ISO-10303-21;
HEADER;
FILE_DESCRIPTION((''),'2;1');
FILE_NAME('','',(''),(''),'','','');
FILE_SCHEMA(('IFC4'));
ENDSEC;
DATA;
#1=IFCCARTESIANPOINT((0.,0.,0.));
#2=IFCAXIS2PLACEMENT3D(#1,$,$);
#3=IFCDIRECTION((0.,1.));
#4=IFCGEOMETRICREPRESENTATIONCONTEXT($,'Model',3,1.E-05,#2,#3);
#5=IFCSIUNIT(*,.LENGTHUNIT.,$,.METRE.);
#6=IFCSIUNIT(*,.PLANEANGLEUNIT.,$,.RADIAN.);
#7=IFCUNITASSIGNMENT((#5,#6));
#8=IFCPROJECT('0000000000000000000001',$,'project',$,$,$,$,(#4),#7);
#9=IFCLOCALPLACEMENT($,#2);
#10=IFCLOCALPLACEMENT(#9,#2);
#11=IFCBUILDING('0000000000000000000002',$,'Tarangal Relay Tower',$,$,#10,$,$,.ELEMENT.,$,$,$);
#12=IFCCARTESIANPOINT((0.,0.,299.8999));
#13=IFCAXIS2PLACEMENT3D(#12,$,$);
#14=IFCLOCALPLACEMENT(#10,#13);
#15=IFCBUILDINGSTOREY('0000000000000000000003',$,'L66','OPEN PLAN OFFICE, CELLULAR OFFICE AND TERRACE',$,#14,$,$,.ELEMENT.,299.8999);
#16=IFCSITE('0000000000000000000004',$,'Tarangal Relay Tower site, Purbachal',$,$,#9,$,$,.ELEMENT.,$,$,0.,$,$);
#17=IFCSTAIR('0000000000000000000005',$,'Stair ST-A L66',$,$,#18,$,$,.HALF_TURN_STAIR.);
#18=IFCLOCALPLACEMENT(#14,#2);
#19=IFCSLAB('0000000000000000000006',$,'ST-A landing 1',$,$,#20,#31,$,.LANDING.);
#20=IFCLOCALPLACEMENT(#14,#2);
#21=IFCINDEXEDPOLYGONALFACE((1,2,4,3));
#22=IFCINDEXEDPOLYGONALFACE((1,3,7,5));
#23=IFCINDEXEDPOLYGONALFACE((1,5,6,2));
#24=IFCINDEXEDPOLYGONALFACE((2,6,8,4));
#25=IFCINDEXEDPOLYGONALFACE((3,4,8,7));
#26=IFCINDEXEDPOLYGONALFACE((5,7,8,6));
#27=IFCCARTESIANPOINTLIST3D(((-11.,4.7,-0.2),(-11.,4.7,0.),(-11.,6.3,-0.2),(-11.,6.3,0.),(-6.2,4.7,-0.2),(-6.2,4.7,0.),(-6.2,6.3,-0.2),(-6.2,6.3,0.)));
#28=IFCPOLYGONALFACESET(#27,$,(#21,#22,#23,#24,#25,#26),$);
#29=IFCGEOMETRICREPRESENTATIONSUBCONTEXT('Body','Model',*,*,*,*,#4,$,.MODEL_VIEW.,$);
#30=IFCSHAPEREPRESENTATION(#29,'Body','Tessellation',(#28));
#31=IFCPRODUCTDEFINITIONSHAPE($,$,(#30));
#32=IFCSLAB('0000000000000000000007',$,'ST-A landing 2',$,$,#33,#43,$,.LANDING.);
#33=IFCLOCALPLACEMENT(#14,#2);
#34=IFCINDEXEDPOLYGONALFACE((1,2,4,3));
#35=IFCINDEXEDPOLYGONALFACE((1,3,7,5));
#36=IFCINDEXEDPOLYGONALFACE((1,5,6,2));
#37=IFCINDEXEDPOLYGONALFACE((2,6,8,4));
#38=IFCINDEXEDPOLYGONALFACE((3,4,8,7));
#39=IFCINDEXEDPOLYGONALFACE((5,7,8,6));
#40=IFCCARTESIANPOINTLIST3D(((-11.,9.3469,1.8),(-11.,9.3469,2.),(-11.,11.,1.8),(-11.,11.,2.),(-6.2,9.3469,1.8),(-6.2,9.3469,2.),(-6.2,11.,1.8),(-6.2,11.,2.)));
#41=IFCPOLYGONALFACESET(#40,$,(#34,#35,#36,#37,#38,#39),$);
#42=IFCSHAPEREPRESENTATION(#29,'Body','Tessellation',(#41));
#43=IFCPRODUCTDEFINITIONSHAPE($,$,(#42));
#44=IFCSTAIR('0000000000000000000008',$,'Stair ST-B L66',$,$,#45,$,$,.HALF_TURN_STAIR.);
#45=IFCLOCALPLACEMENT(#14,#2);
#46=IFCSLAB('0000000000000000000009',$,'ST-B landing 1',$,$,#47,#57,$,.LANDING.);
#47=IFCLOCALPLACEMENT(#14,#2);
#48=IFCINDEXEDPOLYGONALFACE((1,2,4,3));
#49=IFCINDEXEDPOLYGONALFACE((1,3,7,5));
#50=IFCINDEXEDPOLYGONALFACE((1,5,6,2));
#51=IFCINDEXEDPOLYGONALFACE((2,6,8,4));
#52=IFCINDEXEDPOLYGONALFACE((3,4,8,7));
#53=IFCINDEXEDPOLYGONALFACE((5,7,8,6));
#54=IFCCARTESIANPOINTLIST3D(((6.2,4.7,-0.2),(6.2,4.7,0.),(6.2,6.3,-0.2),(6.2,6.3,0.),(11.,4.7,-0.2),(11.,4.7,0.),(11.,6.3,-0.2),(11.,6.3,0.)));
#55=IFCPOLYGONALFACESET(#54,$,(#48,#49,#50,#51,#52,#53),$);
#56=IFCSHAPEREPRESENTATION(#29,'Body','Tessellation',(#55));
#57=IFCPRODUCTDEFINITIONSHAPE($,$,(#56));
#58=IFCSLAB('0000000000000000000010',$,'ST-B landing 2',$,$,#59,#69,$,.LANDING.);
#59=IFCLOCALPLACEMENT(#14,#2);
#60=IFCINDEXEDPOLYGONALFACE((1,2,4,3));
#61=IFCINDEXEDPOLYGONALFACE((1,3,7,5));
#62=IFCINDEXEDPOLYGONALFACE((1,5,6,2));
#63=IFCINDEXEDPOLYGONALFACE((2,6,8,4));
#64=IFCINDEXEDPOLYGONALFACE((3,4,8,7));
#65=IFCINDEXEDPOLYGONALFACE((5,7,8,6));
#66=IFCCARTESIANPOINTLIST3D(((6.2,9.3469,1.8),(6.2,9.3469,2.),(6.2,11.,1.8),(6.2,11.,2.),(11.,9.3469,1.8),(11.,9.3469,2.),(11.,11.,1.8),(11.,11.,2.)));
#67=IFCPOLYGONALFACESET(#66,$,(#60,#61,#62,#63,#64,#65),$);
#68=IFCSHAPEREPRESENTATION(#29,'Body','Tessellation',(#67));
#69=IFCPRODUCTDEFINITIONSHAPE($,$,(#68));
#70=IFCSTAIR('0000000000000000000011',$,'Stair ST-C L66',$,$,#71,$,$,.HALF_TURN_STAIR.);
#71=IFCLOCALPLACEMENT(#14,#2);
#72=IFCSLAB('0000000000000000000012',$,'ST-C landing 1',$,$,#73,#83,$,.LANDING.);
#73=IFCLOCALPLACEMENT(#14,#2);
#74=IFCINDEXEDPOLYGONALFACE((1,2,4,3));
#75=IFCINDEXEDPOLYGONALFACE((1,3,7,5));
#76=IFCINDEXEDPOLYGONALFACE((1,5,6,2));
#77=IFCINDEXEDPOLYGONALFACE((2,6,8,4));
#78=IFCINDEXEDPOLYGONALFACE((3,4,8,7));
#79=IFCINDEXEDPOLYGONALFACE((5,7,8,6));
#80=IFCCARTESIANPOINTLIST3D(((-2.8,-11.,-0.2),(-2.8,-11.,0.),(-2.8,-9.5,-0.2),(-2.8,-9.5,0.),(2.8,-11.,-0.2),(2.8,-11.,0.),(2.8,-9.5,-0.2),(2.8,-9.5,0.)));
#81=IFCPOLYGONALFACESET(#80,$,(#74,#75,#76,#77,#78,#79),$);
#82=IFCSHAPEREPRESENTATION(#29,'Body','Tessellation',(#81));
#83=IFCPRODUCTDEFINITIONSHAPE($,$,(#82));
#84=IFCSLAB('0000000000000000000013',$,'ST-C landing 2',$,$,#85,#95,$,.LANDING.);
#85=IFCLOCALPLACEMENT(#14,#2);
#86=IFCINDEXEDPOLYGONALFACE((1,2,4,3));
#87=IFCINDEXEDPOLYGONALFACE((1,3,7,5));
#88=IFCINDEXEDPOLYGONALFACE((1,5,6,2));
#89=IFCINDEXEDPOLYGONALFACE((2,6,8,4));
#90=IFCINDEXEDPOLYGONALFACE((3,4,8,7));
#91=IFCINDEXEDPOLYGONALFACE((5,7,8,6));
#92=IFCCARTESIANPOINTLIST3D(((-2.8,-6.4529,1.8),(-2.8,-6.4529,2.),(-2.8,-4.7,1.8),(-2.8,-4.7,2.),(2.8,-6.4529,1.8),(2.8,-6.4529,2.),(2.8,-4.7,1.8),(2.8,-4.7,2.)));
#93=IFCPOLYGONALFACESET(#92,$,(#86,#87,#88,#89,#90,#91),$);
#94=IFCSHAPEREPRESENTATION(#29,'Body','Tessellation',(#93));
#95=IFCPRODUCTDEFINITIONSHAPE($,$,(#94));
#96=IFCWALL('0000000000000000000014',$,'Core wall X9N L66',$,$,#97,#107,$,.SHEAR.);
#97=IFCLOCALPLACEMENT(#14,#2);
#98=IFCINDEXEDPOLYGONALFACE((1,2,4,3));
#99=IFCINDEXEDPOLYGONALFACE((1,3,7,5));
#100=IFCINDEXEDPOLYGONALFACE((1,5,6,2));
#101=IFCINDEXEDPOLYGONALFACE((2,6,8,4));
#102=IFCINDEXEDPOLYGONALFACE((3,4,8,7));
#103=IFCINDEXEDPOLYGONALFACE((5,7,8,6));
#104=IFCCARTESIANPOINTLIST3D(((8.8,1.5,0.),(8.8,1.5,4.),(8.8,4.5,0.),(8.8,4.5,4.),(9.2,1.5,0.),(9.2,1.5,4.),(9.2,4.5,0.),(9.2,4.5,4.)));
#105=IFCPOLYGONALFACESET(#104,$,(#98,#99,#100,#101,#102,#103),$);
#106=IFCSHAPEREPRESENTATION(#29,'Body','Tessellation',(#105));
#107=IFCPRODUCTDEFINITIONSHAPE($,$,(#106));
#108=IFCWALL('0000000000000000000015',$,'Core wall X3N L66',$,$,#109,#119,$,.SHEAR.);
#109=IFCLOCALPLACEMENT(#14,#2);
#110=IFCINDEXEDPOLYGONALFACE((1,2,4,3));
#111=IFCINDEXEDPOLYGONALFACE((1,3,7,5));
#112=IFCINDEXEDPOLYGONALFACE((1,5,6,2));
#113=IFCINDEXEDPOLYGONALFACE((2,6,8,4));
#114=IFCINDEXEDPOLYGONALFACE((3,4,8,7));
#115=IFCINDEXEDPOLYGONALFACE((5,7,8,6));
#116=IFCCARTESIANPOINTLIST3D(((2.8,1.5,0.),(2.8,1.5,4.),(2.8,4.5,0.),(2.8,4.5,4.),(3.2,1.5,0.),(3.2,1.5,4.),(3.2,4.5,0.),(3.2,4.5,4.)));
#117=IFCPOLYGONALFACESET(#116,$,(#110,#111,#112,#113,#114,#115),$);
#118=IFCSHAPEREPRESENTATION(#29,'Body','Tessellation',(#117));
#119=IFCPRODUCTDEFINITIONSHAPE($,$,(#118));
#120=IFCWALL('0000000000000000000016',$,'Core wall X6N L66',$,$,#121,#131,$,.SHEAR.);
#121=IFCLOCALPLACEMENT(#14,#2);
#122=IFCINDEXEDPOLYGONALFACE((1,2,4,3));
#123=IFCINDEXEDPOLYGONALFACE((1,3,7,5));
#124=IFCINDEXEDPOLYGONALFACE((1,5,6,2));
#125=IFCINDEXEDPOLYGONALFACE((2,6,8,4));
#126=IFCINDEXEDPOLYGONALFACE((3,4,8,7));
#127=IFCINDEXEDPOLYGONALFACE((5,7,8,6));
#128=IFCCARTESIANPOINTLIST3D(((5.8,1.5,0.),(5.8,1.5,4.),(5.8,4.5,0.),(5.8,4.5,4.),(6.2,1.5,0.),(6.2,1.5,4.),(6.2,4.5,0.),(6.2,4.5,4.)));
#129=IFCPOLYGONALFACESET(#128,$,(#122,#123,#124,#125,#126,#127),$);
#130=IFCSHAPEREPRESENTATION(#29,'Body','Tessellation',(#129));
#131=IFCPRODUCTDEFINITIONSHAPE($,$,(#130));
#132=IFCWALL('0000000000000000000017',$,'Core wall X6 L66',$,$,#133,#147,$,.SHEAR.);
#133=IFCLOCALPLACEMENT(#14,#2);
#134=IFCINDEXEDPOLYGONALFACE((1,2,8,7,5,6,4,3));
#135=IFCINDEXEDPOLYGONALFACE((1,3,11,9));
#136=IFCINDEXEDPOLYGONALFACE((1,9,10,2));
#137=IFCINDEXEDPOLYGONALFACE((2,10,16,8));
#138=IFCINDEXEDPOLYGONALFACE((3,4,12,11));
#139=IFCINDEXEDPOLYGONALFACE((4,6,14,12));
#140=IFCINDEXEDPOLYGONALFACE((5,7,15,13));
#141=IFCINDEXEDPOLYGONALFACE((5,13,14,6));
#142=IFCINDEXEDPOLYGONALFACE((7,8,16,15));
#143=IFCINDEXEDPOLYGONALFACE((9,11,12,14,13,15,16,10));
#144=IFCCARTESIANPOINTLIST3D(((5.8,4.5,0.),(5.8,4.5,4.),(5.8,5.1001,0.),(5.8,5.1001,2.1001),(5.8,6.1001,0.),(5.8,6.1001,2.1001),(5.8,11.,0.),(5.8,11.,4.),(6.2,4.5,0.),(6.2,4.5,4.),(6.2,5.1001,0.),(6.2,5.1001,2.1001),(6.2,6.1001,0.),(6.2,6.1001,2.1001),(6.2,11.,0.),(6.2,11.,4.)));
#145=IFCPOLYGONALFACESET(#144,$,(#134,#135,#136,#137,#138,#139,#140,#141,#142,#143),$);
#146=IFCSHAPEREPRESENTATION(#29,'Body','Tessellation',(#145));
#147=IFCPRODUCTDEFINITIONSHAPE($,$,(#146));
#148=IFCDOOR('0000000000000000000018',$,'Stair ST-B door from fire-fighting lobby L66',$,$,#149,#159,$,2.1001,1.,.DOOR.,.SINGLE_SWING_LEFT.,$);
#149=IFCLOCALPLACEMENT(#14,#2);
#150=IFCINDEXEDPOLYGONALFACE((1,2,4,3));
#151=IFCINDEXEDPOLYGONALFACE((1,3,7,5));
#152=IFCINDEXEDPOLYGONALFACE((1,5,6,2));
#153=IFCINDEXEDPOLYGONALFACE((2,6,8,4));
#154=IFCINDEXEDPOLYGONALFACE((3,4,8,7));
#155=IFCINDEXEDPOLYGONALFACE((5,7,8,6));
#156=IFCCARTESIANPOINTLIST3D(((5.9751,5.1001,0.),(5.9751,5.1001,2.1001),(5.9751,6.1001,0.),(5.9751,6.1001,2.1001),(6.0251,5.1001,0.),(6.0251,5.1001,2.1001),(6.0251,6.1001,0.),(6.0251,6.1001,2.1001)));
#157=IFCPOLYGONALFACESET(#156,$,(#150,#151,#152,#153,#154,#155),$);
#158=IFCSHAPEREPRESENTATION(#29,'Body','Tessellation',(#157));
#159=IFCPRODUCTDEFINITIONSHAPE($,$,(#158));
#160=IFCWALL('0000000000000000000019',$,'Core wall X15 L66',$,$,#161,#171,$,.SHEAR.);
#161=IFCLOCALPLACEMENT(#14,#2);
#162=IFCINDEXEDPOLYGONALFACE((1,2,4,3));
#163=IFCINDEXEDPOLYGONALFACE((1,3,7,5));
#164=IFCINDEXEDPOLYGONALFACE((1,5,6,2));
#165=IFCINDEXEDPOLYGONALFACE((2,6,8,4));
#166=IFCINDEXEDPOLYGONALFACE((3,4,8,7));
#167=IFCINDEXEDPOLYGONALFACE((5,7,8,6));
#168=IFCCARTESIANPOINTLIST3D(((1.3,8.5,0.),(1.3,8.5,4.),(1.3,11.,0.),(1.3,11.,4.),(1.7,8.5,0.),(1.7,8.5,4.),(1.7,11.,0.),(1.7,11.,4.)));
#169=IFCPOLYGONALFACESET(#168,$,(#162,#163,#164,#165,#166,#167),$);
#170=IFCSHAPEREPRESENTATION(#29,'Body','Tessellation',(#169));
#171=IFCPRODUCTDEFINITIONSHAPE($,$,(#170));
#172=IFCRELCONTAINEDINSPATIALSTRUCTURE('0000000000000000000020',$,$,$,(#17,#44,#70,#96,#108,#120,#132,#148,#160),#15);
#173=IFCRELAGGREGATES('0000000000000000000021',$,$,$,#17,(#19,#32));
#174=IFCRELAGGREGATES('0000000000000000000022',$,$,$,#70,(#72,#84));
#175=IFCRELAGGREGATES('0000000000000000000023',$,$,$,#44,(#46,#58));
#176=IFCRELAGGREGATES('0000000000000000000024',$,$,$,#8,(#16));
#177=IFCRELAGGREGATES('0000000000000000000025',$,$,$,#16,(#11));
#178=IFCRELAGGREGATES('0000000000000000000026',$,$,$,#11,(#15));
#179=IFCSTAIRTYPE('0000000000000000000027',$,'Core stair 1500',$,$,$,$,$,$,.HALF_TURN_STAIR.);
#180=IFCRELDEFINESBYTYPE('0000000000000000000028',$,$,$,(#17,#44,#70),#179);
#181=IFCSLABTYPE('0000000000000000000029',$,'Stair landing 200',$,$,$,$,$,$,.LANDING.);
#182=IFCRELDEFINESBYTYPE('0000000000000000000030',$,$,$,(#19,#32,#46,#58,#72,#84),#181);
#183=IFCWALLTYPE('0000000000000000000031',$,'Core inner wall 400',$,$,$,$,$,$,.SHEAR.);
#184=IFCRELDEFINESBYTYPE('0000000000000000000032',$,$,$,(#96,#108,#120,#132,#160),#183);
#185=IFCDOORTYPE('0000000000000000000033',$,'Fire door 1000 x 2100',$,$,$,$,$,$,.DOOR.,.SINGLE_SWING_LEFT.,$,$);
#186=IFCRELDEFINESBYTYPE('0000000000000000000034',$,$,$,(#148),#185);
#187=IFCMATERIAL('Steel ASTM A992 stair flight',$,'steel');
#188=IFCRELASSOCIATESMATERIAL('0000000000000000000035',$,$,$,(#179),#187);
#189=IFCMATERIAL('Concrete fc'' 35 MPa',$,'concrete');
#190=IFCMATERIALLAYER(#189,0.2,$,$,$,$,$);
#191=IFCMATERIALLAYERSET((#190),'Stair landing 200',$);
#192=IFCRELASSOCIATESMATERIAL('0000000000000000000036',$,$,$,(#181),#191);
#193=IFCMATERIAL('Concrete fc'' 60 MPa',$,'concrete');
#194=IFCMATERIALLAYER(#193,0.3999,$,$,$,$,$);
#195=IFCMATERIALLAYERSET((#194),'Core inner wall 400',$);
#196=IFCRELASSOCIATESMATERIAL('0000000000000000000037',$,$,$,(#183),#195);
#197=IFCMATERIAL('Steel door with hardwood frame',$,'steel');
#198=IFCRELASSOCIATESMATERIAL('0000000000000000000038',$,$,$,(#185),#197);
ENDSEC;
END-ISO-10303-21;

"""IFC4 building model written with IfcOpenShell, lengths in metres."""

from ifc_helpers import new_model, si_unit, direction, frame, frame_2d, origin, place, context, subcontext, project, spatial, polyline, rectangle, outline, extrude, material, layer, layer_set, type_object, element, fill, aggregate, save


model = new_model("IFC4")

# Units and contexts
model_context = context("Model", 3, precision=1e-05, world=origin(), true_north=direction((0.0, 1.0)))
body_context = subcontext(model_context, "Body", "Model", "MODEL_VIEW")
ifc_project = project(units=[si_unit("LENGTHUNIT", "METRE"), si_unit("PLANEANGLEUNIT", "RADIAN")], contexts=[model_context])

# Site, building, storey
site_placement = place(None, origin())
site = spatial("IfcSite", under=ifc_project, at=site_placement, Name="Tarangal Relay Tower site, Purbachal", CompositionType="ELEMENT", RefElevation=0.0)
building_placement = place(site_placement, origin())
building = spatial("IfcBuilding", under=site, at=building_placement, Name="Tarangal Relay Tower", CompositionType="ELEMENT")
storey_placement = place(building_placement, frame((0.0, 0.0, 299.8999)))
storey = spatial("IfcBuildingStorey", under=building, at=storey_placement, Name="L66", Description="OPEN PLAN OFFICE, CELLULAR OFFICE AND TERRACE", CompositionType="ELEMENT", Elevation=299.8999)

# Stairs, slabs
ifc_material_1 = material(Name="Steel ASTM A992 stair flight", Category="steel")
stair_type = type_object("IfcStairType", Name="Core stair 1500", PredefinedType="HALF_TURN_STAIR", material=ifc_material_1)
stair_1_placement = place(storey_placement, origin())
stair_1 = element("IfcStair", 1, at=stair_1_placement, inside=storey, type_object=stair_type, Name="Stair ST-A L66", PredefinedType="HALF_TURN_STAIR")
ifc_material_2 = material(Name="Concrete fc' 35 MPa", Category="concrete")
ifc_layer_1 = layer(ifc_material_2, 0.2)
ifc_layer_set_1 = layer_set([ifc_layer_1], Name="Stair landing 200")
slab_type = type_object("IfcSlabType", Name="Stair landing 200", PredefinedType="LANDING", material=ifc_layer_set_1)
slab_1_placement = place(storey_placement, frame((0.0, 0.0, -0.2)))
slab_1 = element("IfcSlab", 2, at=slab_1_placement, type_object=slab_type, Name="ST-A landing 1", PredefinedType="LANDING", context=body_context, shape_type="SweptSolid", body=[
    extrude(outline(polyline([(-11.0, 4.7), (-6.2, 4.7), (-6.2, 6.3), (-11.0, 6.3), (-11.0, 4.7)])), origin(), (0.0, 0.0, 1.0), 0.2),
])
slab_2_placement = place(storey_placement, frame((0.0, 0.0, 1.8)))
slab_2 = element("IfcSlab", 3, at=slab_2_placement, type_object=slab_type, Name="ST-A landing 2", PredefinedType="LANDING", context=body_context, shape_type="SweptSolid", body=[
    extrude(outline(polyline([(-11.0, 9.3469), (-6.2, 9.3469), (-6.2, 11.0), (-11.0, 11.0), (-11.0, 9.3469)])), origin(), (0.0, 0.0, 1.0), 0.2),
])
aggregate(stair_1, [slab_1, slab_2])
stair_2_placement = place(storey_placement, origin())
stair_2 = element("IfcStair", 4, at=stair_2_placement, inside=storey, type_object=stair_type, Name="Stair ST-B L66", PredefinedType="HALF_TURN_STAIR")
slab_3_placement = place(storey_placement, frame((0.0, 0.0, -0.2)))
slab_3 = element("IfcSlab", 5, at=slab_3_placement, type_object=slab_type, Name="ST-B landing 1", PredefinedType="LANDING", context=body_context, shape_type="SweptSolid", body=[
    extrude(outline(polyline([(6.2, 4.7), (11.0, 4.7), (11.0, 6.3), (6.2, 6.3), (6.2, 4.7)])), origin(), (0.0, 0.0, 1.0), 0.2),
])
slab_4_placement = place(storey_placement, frame((0.0, 0.0, 1.8)))
slab_4 = element("IfcSlab", 6, at=slab_4_placement, type_object=slab_type, Name="ST-B landing 2", PredefinedType="LANDING", context=body_context, shape_type="SweptSolid", body=[
    extrude(outline(polyline([(6.2, 9.3469), (11.0, 9.3469), (11.0, 11.0), (6.2, 11.0), (6.2, 9.3469)])), origin(), (0.0, 0.0, 1.0), 0.2),
])
stair_3_placement = place(storey_placement, origin())
stair_3 = element("IfcStair", 7, at=stair_3_placement, inside=storey, type_object=stair_type, Name="Stair ST-C L66", PredefinedType="HALF_TURN_STAIR")
slab_5_placement = place(storey_placement, frame((0.0, 0.0, -0.2)))
slab_5 = element("IfcSlab", 8, at=slab_5_placement, type_object=slab_type, Name="ST-C landing 1", PredefinedType="LANDING", context=body_context, shape_type="SweptSolid", body=[
    extrude(outline(polyline([(-2.8, -11.0), (2.8, -11.0), (2.8, -9.5), (-2.8, -9.5), (-2.8, -11.0)])), origin(), (0.0, 0.0, 1.0), 0.2),
])
slab_6_placement = place(storey_placement, frame((0.0, 0.0, 1.8)))
slab_6 = element("IfcSlab", 9, at=slab_6_placement, type_object=slab_type, Name="ST-C landing 2", PredefinedType="LANDING", context=body_context, shape_type="SweptSolid", body=[
    extrude(outline(polyline([(-2.8, -6.4529), (2.8, -6.4529), (2.8, -4.7), (-2.8, -4.7), (-2.8, -6.4529)])), origin(), (0.0, 0.0, 1.0), 0.2),
])
aggregate(stair_3, [slab_5, slab_6])

# Walls
ifc_material_3 = material(Name="Concrete fc' 60 MPa", Category="concrete")
ifc_layer_2 = layer(ifc_material_3, 0.3999)
ifc_layer_set_2 = layer_set([ifc_layer_2], Name="Core inner wall 400")
wall_type = type_object("IfcWallType", Name="Core inner wall 400", PredefinedType="SHEAR", material=ifc_layer_set_2)
for number, where, z_axis, x_axis, name in (
    (10, (9.0, 1.5, 0.0), (0.0, 0.0, 1.0), (0.0, 1.0, 0.0), "Core wall X9N L66"),
    (11, (3.0, 1.5, 0.0), (0.0, 0.0, 1.0), (0.0, 1.0, 0.0), "Core wall X3N L66"),
    (12, (6.0, 1.5, 0.0), (0.0, 0.0, 1.0), (0.0, 1.0, 0.0), "Core wall X6N L66"),
):
    element("IfcWall", number, at=place(storey_placement, frame(where, z_axis=z_axis, x_axis=x_axis)), inside=storey, type_object=wall_type, Name=name, PredefinedType="SHEAR", context=body_context, shape_type="SweptSolid", body=[
        extrude(rectangle(XDim=3.0, YDim=0.3999, at=frame_2d((1.5, 0.0))), origin(), (0.0, 0.0, 1.0), 4.0),
    ])

# Wall, opening, door
wall_1_placement = place(storey_placement, frame((6.0, 4.5, 0.0), z_axis=(0.0, 0.0, 1.0), x_axis=(0.0, 1.0, 0.0)))
wall_1 = element("IfcWall", 13, at=wall_1_placement, inside=storey, type_object=wall_type, Name="Core wall X6 L66", PredefinedType="SHEAR", context=body_context, shape_type="SweptSolid", body=[
    extrude(rectangle(XDim=6.5, YDim=0.3999, at=frame_2d((3.25, 0.0))), origin(), (0.0, 0.0, 1.0), 4.0),
])
opening_placement = place(wall_1_placement, frame((0.6001, 0.0, 0.0)))
opening = element("IfcOpeningElement", 14, at=opening_placement, cuts=wall_1, PredefinedType="OPENING", context=body_context, shape_type="SweptSolid", body=[
    extrude(rectangle(XDim=1.0, YDim=2.1001, at=frame_2d((0.5, 1.05))), frame((0.0, 0.21, 0.0), z_axis=(0.0, -1.0, 0.0), x_axis=(1.0, 0.0, 0.0)), (0.0, 0.0, 1.0), 0.4199),
])
ifc_material_4 = material(Name="Steel door with hardwood frame", Category="steel")
door_type = type_object("IfcDoorType", Name="Fire door 1000 x 2100", OperationType="SINGLE_SWING_LEFT", PredefinedType="DOOR", material=ifc_material_4)
door_placement = place(opening_placement, origin())
door = element("IfcDoor", 15, at=door_placement, inside=storey, type_object=door_type, Name="Stair ST-B door from fire-fighting lobby L66", OperationType="SINGLE_SWING_LEFT", OverallHeight=2.1001, OverallWidth=1.0, PredefinedType="DOOR", context=body_context, shape_type="SweptSolid", body=[
    extrude(rectangle(XDim=1.0, YDim=2.1001, at=frame_2d((0.5, 1.05))), frame((0.0, 0.0249, 0.0), z_axis=(0.0, -1.0, 0.0), x_axis=(1.0, 0.0, 0.0)), (0.0, 0.0, 1.0), 0.05),
])
fill(opening, door)

# Wall
wall_2_placement = place(storey_placement, frame((1.5, 8.5, 0.0), z_axis=(0.0, 0.0, 1.0), x_axis=(0.0, 1.0, 0.0)))
element("IfcWall", 16, at=wall_2_placement, inside=storey, type_object=wall_type, Name="Core wall X15 L66", PredefinedType="SHEAR", context=body_context, shape_type="SweptSolid", body=[
    extrude(rectangle(XDim=2.5, YDim=0.3999, at=frame_2d((1.25, 0.0))), origin(), (0.0, 0.0, 1.0), 4.0),
])

aggregate(stair_2, [slab_3, slab_4])

save(model, "model.ifc")
